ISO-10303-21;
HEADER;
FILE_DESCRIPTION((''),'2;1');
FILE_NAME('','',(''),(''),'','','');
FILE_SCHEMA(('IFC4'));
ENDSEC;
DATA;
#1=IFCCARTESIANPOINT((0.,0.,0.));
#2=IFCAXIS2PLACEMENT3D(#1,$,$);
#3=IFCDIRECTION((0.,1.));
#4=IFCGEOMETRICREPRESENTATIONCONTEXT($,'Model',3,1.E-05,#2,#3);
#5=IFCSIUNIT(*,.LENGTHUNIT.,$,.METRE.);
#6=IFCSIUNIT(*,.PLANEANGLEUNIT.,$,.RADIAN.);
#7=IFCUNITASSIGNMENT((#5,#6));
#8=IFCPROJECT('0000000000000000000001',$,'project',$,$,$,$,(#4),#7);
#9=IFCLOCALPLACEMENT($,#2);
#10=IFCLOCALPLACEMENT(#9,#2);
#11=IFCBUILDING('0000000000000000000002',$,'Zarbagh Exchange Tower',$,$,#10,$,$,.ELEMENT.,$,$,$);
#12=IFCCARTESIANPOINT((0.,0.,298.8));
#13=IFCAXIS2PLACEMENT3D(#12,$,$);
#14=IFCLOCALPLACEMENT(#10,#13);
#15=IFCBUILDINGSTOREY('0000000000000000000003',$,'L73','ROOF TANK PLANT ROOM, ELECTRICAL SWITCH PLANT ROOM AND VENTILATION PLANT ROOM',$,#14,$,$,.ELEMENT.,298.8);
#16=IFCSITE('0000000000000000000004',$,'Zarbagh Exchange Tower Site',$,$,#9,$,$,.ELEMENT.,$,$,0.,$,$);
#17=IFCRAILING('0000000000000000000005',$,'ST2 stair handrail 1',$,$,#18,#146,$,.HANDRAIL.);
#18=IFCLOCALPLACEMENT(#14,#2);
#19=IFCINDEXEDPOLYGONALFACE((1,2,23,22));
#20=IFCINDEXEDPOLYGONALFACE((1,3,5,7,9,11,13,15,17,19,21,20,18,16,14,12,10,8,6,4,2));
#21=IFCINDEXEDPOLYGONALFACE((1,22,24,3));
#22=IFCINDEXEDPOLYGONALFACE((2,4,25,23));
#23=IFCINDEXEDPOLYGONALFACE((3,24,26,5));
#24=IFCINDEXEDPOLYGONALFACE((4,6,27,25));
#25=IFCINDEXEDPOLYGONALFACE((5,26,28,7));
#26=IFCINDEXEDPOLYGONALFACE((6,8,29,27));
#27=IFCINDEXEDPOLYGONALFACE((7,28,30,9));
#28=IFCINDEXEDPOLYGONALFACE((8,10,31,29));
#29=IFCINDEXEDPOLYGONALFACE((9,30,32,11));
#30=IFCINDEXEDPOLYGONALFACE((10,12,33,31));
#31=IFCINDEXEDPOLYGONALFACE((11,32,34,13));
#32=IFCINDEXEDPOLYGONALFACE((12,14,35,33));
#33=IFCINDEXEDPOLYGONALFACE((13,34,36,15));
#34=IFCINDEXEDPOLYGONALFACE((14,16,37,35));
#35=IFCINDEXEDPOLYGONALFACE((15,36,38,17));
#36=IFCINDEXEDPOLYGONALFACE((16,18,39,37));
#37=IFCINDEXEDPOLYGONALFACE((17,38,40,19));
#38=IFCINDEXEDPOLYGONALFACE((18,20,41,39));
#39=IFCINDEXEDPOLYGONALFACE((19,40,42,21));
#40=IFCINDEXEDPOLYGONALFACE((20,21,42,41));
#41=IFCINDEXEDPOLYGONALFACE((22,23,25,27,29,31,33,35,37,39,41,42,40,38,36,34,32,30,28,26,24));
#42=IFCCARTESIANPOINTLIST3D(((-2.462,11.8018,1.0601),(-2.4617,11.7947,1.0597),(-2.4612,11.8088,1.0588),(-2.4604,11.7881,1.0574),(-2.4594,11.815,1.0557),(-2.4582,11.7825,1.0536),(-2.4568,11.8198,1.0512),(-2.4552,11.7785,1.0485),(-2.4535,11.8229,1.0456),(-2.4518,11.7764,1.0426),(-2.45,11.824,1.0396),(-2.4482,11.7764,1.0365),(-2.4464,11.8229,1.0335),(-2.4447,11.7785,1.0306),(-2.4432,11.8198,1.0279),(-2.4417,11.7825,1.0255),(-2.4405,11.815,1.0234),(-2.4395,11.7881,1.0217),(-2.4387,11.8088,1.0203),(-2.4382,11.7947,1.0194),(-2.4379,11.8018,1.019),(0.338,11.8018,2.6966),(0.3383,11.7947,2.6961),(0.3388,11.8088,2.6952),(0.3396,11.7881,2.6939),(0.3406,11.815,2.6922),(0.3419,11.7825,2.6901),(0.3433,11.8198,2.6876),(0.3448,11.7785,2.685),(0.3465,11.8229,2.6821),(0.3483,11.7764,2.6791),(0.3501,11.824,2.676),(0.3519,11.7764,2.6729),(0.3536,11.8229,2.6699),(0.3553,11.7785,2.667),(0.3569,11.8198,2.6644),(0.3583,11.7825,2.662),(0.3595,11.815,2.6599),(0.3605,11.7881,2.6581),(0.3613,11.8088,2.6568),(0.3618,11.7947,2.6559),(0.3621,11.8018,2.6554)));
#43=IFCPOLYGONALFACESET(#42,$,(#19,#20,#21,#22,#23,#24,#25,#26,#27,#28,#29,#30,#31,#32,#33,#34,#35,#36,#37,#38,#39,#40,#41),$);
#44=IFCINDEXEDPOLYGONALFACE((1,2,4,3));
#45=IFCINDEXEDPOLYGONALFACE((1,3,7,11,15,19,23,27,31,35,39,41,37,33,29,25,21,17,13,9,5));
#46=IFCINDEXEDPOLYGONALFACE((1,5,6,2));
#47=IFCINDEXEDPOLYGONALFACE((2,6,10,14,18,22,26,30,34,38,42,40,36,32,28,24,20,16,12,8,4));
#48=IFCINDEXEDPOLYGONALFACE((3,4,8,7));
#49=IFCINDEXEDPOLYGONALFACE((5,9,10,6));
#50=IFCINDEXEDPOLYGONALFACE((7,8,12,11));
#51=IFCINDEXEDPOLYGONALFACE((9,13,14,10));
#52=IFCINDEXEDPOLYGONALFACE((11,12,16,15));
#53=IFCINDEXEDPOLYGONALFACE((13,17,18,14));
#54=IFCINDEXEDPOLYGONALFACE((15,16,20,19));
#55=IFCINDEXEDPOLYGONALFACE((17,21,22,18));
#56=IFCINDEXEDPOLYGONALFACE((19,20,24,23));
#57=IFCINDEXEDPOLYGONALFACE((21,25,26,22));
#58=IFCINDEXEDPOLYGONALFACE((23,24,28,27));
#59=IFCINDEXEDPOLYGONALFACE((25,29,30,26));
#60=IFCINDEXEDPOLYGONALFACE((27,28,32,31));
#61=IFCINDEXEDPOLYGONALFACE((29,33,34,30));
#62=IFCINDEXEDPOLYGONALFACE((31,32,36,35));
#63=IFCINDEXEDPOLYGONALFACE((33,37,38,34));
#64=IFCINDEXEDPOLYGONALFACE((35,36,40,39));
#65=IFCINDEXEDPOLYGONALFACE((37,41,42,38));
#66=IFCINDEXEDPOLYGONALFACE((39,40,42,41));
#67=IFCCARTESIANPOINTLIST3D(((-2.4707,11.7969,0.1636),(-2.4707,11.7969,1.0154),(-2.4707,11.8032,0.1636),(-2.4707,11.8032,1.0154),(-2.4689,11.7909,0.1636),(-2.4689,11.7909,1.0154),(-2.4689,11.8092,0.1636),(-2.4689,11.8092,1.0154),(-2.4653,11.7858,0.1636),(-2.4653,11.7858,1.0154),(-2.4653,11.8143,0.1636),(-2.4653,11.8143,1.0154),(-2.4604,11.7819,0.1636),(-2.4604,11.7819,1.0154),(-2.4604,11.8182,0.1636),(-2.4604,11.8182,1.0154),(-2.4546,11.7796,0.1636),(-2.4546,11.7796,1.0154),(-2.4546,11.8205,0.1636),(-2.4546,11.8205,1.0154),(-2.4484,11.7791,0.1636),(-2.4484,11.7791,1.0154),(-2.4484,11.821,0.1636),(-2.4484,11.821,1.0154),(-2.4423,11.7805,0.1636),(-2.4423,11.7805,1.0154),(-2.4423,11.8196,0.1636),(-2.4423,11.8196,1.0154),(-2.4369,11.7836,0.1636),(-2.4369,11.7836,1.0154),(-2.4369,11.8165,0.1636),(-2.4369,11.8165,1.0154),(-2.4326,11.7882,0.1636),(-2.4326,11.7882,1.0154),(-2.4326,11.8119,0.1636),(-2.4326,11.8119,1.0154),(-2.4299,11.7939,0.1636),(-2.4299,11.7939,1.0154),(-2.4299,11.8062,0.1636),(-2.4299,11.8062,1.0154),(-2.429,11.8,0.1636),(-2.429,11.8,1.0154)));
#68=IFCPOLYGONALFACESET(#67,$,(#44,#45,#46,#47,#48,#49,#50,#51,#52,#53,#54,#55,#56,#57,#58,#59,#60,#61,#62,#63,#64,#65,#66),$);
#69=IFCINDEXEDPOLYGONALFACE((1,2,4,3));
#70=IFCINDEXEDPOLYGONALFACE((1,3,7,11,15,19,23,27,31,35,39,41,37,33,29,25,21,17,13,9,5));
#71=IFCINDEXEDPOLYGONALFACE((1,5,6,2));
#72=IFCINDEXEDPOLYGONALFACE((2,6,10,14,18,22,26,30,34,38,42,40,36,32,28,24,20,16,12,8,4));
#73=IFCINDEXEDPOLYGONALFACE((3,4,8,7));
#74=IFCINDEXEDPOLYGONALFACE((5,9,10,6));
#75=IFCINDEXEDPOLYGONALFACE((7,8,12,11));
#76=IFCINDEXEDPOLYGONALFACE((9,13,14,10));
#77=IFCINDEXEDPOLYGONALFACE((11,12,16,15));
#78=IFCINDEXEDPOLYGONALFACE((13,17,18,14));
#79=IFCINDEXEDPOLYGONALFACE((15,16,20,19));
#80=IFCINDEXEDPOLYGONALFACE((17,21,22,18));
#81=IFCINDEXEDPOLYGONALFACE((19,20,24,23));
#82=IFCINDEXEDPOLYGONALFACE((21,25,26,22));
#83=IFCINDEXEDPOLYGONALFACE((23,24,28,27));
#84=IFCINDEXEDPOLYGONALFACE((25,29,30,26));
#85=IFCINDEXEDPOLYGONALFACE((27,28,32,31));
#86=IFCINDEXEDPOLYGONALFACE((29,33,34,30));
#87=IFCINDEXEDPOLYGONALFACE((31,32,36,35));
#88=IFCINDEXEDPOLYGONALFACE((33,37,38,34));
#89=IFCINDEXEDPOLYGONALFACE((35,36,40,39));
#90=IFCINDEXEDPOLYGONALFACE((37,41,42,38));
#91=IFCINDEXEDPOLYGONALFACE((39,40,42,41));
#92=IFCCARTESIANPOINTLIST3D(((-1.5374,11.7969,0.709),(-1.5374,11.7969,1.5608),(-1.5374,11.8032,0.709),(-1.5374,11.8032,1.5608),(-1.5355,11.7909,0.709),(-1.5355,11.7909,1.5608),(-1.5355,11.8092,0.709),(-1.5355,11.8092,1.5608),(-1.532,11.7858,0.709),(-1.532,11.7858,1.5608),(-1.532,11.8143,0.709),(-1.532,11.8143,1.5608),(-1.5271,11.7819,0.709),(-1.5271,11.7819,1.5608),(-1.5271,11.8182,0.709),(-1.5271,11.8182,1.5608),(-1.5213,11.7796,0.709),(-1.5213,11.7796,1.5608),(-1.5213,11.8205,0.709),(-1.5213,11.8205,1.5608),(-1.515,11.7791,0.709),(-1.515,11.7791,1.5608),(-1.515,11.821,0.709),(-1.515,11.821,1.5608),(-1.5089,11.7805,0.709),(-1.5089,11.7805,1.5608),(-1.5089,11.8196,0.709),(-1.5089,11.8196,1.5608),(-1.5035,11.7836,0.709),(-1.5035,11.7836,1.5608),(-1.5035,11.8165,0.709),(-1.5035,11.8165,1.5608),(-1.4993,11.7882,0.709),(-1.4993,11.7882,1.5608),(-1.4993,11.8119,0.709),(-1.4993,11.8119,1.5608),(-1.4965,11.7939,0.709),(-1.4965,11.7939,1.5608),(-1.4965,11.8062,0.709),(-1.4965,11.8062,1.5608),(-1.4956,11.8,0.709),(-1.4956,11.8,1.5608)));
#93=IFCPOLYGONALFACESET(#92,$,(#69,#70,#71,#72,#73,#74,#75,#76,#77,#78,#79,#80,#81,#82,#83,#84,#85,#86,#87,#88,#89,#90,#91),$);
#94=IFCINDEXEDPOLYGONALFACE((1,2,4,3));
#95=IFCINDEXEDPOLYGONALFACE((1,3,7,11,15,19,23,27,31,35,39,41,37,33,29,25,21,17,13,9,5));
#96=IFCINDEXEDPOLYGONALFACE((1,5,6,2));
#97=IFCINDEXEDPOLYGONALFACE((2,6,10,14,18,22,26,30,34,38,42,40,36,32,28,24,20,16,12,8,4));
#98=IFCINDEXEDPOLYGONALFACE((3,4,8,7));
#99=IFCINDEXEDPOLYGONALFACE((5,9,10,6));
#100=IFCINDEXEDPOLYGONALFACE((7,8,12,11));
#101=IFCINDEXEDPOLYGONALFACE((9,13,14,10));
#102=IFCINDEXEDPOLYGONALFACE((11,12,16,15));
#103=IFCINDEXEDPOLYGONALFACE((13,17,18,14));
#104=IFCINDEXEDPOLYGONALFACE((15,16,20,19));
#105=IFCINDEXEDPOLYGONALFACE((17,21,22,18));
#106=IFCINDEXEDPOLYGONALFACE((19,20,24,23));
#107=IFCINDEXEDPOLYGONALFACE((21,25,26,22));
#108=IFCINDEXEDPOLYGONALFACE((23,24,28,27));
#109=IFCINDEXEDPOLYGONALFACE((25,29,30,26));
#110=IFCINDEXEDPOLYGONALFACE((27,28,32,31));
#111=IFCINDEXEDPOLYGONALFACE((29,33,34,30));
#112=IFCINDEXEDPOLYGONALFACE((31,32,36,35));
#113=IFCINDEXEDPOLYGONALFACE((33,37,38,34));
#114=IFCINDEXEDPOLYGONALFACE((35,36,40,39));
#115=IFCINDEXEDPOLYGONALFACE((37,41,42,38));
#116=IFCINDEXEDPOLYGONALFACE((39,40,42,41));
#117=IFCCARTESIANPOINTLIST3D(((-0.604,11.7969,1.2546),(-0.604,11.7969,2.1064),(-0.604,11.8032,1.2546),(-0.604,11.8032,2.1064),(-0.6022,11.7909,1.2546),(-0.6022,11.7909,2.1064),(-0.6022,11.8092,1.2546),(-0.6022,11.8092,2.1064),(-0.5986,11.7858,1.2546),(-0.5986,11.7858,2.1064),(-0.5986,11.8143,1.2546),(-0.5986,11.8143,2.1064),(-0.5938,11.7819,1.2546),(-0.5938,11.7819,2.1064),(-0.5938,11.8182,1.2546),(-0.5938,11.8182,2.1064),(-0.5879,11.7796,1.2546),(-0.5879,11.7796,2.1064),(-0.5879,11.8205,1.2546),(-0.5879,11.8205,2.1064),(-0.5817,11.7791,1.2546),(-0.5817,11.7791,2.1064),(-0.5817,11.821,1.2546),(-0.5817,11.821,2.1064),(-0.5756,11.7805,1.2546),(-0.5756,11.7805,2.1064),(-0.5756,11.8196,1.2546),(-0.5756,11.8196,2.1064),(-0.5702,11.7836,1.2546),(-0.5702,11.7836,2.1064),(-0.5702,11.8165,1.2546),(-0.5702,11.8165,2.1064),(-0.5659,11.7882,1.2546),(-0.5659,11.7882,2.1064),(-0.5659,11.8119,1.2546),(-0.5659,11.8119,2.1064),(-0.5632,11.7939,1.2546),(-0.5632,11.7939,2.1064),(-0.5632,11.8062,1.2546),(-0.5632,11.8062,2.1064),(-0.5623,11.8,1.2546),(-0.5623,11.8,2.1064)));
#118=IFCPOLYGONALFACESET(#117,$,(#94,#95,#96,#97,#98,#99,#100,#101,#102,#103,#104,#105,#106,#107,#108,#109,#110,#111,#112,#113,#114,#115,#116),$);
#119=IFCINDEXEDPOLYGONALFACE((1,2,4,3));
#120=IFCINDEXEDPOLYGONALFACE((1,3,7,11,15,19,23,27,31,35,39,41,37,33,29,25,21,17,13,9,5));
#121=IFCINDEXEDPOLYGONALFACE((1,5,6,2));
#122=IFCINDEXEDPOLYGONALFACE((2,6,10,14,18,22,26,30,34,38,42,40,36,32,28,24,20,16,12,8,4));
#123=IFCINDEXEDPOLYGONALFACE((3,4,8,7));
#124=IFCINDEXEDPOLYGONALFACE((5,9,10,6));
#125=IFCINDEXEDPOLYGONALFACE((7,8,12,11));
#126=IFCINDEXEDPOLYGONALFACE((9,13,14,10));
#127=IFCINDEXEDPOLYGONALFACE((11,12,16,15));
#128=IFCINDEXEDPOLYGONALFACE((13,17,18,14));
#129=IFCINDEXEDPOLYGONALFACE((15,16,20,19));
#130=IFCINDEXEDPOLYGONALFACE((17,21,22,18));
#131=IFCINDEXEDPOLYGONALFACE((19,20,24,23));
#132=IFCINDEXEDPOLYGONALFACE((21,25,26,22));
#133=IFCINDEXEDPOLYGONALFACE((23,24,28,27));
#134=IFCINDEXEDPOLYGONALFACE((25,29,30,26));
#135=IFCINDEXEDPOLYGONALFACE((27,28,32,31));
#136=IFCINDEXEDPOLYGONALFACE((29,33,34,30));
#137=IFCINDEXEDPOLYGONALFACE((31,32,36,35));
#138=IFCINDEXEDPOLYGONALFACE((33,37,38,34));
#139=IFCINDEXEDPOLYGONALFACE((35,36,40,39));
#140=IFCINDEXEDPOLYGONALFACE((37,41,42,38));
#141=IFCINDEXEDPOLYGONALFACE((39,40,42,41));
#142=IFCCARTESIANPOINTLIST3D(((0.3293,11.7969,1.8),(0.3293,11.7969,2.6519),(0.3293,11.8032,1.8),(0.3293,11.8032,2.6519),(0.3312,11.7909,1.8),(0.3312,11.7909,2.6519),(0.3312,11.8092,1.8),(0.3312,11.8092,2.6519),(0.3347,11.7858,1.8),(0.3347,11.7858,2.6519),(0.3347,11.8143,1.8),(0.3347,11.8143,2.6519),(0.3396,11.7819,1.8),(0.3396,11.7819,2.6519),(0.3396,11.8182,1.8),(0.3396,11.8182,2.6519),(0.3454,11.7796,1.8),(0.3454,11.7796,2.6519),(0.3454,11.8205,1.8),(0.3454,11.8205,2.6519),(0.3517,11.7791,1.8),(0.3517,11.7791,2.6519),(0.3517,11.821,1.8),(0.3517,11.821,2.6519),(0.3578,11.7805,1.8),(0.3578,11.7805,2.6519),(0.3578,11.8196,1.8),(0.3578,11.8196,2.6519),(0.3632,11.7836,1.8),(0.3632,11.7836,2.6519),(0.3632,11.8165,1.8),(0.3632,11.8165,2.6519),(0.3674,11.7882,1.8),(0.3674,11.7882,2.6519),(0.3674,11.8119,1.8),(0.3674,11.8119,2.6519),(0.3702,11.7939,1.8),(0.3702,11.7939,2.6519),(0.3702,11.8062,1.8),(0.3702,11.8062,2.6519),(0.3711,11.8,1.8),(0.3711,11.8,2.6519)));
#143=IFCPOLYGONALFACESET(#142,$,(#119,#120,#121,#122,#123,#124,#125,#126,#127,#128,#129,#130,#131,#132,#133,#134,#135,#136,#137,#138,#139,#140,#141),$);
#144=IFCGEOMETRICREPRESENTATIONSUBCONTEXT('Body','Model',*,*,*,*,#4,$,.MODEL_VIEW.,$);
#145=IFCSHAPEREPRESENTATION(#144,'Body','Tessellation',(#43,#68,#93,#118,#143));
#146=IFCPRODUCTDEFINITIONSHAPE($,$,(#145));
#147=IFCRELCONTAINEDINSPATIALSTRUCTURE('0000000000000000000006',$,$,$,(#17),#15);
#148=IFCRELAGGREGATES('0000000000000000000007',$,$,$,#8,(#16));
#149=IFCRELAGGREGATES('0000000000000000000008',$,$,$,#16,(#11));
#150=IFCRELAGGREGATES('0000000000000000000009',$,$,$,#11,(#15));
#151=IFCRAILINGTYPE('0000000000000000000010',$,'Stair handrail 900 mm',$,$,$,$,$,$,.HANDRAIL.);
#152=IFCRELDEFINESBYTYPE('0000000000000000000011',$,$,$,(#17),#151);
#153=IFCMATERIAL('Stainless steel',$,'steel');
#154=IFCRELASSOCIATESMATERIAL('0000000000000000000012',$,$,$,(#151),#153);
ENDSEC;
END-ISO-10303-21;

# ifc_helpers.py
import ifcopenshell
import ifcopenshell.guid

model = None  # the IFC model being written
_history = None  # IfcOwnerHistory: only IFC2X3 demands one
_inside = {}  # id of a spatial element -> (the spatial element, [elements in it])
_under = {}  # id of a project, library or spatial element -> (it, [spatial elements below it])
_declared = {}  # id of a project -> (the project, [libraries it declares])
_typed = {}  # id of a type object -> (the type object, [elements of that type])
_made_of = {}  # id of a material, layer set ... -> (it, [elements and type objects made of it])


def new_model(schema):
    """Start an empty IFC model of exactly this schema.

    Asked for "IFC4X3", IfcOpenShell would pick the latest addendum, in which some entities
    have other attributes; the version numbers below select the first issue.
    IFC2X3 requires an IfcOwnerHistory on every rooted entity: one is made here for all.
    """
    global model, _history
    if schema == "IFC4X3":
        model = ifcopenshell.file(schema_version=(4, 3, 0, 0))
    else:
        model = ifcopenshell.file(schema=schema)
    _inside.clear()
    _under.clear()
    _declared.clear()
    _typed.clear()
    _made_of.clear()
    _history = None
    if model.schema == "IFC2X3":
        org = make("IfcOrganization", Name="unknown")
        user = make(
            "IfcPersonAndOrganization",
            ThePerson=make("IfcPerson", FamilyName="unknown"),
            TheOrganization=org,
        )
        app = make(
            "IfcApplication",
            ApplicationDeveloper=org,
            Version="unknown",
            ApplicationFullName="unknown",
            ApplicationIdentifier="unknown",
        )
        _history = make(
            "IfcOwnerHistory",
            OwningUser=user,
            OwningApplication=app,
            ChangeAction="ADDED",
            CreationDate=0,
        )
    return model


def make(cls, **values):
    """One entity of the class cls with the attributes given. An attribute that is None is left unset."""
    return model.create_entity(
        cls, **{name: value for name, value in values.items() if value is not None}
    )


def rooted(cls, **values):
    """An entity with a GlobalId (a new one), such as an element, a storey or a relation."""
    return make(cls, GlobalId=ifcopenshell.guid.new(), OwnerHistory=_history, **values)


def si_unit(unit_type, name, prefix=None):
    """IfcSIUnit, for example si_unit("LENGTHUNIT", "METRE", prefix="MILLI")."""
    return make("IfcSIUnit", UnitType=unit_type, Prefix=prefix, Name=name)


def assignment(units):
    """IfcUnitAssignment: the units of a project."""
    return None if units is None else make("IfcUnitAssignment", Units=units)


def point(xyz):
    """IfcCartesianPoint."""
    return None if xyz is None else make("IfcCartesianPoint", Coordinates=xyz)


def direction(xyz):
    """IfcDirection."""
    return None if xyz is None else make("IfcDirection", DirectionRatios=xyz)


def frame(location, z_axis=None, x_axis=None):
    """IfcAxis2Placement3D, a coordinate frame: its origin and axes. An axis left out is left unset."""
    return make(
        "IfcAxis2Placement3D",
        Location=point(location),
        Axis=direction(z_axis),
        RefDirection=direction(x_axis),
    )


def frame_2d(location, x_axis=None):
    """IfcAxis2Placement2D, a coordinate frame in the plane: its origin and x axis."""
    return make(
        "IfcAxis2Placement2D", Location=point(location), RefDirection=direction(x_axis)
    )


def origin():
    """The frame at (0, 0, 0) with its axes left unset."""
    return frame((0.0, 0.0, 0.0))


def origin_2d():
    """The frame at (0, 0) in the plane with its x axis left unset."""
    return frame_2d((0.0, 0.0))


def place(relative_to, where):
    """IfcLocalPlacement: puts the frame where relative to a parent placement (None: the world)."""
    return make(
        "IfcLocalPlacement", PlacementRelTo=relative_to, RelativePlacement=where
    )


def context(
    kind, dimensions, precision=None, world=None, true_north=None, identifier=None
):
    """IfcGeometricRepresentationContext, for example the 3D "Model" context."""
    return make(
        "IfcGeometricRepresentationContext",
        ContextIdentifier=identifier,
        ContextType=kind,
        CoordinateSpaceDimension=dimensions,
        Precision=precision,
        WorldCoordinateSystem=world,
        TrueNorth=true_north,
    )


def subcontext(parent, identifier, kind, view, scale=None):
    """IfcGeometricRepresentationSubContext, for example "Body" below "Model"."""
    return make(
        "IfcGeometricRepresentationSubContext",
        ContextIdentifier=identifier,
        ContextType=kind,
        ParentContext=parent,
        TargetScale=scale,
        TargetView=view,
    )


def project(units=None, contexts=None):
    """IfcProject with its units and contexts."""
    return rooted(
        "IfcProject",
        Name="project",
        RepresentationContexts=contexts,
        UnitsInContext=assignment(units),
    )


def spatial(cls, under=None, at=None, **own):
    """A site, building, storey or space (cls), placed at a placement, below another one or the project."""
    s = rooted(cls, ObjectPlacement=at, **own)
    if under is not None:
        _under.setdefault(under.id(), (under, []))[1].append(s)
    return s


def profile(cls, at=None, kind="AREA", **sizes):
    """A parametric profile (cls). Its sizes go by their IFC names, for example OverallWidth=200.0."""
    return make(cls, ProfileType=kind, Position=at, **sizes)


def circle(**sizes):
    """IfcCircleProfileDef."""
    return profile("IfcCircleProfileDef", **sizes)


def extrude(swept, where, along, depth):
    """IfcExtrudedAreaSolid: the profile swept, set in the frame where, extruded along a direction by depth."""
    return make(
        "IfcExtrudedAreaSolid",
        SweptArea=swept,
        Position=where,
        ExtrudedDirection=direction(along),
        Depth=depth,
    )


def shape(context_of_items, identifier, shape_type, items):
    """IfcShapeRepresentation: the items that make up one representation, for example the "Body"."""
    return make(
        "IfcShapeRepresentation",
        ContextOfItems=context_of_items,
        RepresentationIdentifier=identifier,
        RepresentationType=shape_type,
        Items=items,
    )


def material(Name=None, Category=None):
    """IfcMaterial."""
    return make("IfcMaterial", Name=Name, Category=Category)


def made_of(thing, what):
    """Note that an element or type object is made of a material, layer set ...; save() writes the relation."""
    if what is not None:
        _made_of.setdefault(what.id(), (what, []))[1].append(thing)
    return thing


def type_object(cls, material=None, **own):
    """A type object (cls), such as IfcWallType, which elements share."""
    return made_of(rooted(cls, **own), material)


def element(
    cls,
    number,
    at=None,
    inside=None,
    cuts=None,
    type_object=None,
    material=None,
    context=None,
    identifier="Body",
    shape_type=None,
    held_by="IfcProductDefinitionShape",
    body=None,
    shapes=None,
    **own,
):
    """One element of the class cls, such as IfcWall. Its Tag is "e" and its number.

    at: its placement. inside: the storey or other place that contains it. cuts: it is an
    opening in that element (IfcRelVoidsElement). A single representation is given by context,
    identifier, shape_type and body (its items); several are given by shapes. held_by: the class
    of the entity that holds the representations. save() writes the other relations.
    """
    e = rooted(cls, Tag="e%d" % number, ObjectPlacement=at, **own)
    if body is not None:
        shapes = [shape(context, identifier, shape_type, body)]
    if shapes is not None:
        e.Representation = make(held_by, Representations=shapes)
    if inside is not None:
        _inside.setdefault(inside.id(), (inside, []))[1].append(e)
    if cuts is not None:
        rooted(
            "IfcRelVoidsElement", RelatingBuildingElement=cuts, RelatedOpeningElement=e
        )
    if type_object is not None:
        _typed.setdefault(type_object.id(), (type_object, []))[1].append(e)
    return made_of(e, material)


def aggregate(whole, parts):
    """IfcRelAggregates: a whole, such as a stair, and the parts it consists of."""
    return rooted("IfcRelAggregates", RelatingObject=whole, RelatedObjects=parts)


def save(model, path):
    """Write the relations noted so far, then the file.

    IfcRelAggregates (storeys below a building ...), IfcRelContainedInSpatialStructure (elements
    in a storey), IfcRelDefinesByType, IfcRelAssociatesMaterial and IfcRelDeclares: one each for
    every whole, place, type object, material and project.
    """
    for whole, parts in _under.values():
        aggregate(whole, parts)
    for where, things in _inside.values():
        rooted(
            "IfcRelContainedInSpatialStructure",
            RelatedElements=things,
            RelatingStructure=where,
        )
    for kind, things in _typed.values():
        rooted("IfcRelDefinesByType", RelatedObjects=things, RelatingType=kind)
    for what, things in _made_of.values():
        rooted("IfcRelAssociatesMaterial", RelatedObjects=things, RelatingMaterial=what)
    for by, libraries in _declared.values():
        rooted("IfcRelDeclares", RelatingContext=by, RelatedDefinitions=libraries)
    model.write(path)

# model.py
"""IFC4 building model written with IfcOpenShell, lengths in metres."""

from ifc_helpers import new_model, si_unit, direction, frame, origin, origin_2d, place, context, subcontext, project, spatial, circle, extrude, material, type_object, element, save


model = new_model("IFC4")

# Units and contexts
model_context = context("Model", 3, precision=1e-05, world=origin(), true_north=direction((0.0, 1.0)))
body_context = subcontext(model_context, "Body", "Model", "MODEL_VIEW")
ifc_project = project(units=[si_unit("LENGTHUNIT", "METRE"), si_unit("PLANEANGLEUNIT", "RADIAN")], contexts=[model_context])

# Site, building, storey
site_placement = place(None, origin())
site = spatial("IfcSite", under=ifc_project, at=site_placement, Name="Zarbagh Exchange Tower Site", CompositionType="ELEMENT", RefElevation=0.0)
building_placement = place(site_placement, origin())
building = spatial("IfcBuilding", under=site, at=building_placement, Name="Zarbagh Exchange Tower", CompositionType="ELEMENT")
storey_placement = place(building_placement, frame((0.0, 0.0, 298.8)))
storey = spatial("IfcBuildingStorey", under=building, at=storey_placement, Name="L73", Description="ROOF TANK PLANT ROOM, ELECTRICAL SWITCH PLANT ROOM AND VENTILATION PLANT ROOM", CompositionType="ELEMENT", Elevation=298.8)

# Railing
ifc_material_1 = material(Name="Stainless steel", Category="steel")
railing_type_1 = type_object("IfcRailingType", Name="Stair handrail 900 mm", PredefinedType="HANDRAIL", material=ifc_material_1)
railing_1_placement = place(storey_placement, frame((-2.45, 11.8, 0.1636)))
element("IfcRailing", 1, at=railing_1_placement, inside=storey, type_object=railing_type_1, Name="ST2 stair handrail 1", PredefinedType="HANDRAIL", context=body_context, shape_type="SweptSolid", body=[
    extrude(circle(Radius=0.0239, at=origin_2d()), frame((0.0, 0.0, 0.876), z_axis=(0.863361, 0.0, 0.504587), x_axis=(0.0, 1.0, 0.0)), (0.0, 0.0, 1.0), 3.2432),
    extrude(circle(Radius=0.021, at=origin_2d()), origin(), (0.0, 0.0, 1.0), 0.8518),
    extrude(circle(Radius=0.021, at=origin_2d()), frame((0.9333, 0.0, 0.5454)), (0.0, 0.0, 1.0), 0.8518),
    extrude(circle(Radius=0.021, at=origin_2d()), frame((1.8667, 0.0, 1.0911)), (0.0, 0.0, 1.0), 0.8518),
    extrude(circle(Radius=0.021, at=origin_2d()), frame((2.8, 0.0, 1.6365)), (0.0, 0.0, 1.0), 0.8518),
])

save(model, "model.ifc")
